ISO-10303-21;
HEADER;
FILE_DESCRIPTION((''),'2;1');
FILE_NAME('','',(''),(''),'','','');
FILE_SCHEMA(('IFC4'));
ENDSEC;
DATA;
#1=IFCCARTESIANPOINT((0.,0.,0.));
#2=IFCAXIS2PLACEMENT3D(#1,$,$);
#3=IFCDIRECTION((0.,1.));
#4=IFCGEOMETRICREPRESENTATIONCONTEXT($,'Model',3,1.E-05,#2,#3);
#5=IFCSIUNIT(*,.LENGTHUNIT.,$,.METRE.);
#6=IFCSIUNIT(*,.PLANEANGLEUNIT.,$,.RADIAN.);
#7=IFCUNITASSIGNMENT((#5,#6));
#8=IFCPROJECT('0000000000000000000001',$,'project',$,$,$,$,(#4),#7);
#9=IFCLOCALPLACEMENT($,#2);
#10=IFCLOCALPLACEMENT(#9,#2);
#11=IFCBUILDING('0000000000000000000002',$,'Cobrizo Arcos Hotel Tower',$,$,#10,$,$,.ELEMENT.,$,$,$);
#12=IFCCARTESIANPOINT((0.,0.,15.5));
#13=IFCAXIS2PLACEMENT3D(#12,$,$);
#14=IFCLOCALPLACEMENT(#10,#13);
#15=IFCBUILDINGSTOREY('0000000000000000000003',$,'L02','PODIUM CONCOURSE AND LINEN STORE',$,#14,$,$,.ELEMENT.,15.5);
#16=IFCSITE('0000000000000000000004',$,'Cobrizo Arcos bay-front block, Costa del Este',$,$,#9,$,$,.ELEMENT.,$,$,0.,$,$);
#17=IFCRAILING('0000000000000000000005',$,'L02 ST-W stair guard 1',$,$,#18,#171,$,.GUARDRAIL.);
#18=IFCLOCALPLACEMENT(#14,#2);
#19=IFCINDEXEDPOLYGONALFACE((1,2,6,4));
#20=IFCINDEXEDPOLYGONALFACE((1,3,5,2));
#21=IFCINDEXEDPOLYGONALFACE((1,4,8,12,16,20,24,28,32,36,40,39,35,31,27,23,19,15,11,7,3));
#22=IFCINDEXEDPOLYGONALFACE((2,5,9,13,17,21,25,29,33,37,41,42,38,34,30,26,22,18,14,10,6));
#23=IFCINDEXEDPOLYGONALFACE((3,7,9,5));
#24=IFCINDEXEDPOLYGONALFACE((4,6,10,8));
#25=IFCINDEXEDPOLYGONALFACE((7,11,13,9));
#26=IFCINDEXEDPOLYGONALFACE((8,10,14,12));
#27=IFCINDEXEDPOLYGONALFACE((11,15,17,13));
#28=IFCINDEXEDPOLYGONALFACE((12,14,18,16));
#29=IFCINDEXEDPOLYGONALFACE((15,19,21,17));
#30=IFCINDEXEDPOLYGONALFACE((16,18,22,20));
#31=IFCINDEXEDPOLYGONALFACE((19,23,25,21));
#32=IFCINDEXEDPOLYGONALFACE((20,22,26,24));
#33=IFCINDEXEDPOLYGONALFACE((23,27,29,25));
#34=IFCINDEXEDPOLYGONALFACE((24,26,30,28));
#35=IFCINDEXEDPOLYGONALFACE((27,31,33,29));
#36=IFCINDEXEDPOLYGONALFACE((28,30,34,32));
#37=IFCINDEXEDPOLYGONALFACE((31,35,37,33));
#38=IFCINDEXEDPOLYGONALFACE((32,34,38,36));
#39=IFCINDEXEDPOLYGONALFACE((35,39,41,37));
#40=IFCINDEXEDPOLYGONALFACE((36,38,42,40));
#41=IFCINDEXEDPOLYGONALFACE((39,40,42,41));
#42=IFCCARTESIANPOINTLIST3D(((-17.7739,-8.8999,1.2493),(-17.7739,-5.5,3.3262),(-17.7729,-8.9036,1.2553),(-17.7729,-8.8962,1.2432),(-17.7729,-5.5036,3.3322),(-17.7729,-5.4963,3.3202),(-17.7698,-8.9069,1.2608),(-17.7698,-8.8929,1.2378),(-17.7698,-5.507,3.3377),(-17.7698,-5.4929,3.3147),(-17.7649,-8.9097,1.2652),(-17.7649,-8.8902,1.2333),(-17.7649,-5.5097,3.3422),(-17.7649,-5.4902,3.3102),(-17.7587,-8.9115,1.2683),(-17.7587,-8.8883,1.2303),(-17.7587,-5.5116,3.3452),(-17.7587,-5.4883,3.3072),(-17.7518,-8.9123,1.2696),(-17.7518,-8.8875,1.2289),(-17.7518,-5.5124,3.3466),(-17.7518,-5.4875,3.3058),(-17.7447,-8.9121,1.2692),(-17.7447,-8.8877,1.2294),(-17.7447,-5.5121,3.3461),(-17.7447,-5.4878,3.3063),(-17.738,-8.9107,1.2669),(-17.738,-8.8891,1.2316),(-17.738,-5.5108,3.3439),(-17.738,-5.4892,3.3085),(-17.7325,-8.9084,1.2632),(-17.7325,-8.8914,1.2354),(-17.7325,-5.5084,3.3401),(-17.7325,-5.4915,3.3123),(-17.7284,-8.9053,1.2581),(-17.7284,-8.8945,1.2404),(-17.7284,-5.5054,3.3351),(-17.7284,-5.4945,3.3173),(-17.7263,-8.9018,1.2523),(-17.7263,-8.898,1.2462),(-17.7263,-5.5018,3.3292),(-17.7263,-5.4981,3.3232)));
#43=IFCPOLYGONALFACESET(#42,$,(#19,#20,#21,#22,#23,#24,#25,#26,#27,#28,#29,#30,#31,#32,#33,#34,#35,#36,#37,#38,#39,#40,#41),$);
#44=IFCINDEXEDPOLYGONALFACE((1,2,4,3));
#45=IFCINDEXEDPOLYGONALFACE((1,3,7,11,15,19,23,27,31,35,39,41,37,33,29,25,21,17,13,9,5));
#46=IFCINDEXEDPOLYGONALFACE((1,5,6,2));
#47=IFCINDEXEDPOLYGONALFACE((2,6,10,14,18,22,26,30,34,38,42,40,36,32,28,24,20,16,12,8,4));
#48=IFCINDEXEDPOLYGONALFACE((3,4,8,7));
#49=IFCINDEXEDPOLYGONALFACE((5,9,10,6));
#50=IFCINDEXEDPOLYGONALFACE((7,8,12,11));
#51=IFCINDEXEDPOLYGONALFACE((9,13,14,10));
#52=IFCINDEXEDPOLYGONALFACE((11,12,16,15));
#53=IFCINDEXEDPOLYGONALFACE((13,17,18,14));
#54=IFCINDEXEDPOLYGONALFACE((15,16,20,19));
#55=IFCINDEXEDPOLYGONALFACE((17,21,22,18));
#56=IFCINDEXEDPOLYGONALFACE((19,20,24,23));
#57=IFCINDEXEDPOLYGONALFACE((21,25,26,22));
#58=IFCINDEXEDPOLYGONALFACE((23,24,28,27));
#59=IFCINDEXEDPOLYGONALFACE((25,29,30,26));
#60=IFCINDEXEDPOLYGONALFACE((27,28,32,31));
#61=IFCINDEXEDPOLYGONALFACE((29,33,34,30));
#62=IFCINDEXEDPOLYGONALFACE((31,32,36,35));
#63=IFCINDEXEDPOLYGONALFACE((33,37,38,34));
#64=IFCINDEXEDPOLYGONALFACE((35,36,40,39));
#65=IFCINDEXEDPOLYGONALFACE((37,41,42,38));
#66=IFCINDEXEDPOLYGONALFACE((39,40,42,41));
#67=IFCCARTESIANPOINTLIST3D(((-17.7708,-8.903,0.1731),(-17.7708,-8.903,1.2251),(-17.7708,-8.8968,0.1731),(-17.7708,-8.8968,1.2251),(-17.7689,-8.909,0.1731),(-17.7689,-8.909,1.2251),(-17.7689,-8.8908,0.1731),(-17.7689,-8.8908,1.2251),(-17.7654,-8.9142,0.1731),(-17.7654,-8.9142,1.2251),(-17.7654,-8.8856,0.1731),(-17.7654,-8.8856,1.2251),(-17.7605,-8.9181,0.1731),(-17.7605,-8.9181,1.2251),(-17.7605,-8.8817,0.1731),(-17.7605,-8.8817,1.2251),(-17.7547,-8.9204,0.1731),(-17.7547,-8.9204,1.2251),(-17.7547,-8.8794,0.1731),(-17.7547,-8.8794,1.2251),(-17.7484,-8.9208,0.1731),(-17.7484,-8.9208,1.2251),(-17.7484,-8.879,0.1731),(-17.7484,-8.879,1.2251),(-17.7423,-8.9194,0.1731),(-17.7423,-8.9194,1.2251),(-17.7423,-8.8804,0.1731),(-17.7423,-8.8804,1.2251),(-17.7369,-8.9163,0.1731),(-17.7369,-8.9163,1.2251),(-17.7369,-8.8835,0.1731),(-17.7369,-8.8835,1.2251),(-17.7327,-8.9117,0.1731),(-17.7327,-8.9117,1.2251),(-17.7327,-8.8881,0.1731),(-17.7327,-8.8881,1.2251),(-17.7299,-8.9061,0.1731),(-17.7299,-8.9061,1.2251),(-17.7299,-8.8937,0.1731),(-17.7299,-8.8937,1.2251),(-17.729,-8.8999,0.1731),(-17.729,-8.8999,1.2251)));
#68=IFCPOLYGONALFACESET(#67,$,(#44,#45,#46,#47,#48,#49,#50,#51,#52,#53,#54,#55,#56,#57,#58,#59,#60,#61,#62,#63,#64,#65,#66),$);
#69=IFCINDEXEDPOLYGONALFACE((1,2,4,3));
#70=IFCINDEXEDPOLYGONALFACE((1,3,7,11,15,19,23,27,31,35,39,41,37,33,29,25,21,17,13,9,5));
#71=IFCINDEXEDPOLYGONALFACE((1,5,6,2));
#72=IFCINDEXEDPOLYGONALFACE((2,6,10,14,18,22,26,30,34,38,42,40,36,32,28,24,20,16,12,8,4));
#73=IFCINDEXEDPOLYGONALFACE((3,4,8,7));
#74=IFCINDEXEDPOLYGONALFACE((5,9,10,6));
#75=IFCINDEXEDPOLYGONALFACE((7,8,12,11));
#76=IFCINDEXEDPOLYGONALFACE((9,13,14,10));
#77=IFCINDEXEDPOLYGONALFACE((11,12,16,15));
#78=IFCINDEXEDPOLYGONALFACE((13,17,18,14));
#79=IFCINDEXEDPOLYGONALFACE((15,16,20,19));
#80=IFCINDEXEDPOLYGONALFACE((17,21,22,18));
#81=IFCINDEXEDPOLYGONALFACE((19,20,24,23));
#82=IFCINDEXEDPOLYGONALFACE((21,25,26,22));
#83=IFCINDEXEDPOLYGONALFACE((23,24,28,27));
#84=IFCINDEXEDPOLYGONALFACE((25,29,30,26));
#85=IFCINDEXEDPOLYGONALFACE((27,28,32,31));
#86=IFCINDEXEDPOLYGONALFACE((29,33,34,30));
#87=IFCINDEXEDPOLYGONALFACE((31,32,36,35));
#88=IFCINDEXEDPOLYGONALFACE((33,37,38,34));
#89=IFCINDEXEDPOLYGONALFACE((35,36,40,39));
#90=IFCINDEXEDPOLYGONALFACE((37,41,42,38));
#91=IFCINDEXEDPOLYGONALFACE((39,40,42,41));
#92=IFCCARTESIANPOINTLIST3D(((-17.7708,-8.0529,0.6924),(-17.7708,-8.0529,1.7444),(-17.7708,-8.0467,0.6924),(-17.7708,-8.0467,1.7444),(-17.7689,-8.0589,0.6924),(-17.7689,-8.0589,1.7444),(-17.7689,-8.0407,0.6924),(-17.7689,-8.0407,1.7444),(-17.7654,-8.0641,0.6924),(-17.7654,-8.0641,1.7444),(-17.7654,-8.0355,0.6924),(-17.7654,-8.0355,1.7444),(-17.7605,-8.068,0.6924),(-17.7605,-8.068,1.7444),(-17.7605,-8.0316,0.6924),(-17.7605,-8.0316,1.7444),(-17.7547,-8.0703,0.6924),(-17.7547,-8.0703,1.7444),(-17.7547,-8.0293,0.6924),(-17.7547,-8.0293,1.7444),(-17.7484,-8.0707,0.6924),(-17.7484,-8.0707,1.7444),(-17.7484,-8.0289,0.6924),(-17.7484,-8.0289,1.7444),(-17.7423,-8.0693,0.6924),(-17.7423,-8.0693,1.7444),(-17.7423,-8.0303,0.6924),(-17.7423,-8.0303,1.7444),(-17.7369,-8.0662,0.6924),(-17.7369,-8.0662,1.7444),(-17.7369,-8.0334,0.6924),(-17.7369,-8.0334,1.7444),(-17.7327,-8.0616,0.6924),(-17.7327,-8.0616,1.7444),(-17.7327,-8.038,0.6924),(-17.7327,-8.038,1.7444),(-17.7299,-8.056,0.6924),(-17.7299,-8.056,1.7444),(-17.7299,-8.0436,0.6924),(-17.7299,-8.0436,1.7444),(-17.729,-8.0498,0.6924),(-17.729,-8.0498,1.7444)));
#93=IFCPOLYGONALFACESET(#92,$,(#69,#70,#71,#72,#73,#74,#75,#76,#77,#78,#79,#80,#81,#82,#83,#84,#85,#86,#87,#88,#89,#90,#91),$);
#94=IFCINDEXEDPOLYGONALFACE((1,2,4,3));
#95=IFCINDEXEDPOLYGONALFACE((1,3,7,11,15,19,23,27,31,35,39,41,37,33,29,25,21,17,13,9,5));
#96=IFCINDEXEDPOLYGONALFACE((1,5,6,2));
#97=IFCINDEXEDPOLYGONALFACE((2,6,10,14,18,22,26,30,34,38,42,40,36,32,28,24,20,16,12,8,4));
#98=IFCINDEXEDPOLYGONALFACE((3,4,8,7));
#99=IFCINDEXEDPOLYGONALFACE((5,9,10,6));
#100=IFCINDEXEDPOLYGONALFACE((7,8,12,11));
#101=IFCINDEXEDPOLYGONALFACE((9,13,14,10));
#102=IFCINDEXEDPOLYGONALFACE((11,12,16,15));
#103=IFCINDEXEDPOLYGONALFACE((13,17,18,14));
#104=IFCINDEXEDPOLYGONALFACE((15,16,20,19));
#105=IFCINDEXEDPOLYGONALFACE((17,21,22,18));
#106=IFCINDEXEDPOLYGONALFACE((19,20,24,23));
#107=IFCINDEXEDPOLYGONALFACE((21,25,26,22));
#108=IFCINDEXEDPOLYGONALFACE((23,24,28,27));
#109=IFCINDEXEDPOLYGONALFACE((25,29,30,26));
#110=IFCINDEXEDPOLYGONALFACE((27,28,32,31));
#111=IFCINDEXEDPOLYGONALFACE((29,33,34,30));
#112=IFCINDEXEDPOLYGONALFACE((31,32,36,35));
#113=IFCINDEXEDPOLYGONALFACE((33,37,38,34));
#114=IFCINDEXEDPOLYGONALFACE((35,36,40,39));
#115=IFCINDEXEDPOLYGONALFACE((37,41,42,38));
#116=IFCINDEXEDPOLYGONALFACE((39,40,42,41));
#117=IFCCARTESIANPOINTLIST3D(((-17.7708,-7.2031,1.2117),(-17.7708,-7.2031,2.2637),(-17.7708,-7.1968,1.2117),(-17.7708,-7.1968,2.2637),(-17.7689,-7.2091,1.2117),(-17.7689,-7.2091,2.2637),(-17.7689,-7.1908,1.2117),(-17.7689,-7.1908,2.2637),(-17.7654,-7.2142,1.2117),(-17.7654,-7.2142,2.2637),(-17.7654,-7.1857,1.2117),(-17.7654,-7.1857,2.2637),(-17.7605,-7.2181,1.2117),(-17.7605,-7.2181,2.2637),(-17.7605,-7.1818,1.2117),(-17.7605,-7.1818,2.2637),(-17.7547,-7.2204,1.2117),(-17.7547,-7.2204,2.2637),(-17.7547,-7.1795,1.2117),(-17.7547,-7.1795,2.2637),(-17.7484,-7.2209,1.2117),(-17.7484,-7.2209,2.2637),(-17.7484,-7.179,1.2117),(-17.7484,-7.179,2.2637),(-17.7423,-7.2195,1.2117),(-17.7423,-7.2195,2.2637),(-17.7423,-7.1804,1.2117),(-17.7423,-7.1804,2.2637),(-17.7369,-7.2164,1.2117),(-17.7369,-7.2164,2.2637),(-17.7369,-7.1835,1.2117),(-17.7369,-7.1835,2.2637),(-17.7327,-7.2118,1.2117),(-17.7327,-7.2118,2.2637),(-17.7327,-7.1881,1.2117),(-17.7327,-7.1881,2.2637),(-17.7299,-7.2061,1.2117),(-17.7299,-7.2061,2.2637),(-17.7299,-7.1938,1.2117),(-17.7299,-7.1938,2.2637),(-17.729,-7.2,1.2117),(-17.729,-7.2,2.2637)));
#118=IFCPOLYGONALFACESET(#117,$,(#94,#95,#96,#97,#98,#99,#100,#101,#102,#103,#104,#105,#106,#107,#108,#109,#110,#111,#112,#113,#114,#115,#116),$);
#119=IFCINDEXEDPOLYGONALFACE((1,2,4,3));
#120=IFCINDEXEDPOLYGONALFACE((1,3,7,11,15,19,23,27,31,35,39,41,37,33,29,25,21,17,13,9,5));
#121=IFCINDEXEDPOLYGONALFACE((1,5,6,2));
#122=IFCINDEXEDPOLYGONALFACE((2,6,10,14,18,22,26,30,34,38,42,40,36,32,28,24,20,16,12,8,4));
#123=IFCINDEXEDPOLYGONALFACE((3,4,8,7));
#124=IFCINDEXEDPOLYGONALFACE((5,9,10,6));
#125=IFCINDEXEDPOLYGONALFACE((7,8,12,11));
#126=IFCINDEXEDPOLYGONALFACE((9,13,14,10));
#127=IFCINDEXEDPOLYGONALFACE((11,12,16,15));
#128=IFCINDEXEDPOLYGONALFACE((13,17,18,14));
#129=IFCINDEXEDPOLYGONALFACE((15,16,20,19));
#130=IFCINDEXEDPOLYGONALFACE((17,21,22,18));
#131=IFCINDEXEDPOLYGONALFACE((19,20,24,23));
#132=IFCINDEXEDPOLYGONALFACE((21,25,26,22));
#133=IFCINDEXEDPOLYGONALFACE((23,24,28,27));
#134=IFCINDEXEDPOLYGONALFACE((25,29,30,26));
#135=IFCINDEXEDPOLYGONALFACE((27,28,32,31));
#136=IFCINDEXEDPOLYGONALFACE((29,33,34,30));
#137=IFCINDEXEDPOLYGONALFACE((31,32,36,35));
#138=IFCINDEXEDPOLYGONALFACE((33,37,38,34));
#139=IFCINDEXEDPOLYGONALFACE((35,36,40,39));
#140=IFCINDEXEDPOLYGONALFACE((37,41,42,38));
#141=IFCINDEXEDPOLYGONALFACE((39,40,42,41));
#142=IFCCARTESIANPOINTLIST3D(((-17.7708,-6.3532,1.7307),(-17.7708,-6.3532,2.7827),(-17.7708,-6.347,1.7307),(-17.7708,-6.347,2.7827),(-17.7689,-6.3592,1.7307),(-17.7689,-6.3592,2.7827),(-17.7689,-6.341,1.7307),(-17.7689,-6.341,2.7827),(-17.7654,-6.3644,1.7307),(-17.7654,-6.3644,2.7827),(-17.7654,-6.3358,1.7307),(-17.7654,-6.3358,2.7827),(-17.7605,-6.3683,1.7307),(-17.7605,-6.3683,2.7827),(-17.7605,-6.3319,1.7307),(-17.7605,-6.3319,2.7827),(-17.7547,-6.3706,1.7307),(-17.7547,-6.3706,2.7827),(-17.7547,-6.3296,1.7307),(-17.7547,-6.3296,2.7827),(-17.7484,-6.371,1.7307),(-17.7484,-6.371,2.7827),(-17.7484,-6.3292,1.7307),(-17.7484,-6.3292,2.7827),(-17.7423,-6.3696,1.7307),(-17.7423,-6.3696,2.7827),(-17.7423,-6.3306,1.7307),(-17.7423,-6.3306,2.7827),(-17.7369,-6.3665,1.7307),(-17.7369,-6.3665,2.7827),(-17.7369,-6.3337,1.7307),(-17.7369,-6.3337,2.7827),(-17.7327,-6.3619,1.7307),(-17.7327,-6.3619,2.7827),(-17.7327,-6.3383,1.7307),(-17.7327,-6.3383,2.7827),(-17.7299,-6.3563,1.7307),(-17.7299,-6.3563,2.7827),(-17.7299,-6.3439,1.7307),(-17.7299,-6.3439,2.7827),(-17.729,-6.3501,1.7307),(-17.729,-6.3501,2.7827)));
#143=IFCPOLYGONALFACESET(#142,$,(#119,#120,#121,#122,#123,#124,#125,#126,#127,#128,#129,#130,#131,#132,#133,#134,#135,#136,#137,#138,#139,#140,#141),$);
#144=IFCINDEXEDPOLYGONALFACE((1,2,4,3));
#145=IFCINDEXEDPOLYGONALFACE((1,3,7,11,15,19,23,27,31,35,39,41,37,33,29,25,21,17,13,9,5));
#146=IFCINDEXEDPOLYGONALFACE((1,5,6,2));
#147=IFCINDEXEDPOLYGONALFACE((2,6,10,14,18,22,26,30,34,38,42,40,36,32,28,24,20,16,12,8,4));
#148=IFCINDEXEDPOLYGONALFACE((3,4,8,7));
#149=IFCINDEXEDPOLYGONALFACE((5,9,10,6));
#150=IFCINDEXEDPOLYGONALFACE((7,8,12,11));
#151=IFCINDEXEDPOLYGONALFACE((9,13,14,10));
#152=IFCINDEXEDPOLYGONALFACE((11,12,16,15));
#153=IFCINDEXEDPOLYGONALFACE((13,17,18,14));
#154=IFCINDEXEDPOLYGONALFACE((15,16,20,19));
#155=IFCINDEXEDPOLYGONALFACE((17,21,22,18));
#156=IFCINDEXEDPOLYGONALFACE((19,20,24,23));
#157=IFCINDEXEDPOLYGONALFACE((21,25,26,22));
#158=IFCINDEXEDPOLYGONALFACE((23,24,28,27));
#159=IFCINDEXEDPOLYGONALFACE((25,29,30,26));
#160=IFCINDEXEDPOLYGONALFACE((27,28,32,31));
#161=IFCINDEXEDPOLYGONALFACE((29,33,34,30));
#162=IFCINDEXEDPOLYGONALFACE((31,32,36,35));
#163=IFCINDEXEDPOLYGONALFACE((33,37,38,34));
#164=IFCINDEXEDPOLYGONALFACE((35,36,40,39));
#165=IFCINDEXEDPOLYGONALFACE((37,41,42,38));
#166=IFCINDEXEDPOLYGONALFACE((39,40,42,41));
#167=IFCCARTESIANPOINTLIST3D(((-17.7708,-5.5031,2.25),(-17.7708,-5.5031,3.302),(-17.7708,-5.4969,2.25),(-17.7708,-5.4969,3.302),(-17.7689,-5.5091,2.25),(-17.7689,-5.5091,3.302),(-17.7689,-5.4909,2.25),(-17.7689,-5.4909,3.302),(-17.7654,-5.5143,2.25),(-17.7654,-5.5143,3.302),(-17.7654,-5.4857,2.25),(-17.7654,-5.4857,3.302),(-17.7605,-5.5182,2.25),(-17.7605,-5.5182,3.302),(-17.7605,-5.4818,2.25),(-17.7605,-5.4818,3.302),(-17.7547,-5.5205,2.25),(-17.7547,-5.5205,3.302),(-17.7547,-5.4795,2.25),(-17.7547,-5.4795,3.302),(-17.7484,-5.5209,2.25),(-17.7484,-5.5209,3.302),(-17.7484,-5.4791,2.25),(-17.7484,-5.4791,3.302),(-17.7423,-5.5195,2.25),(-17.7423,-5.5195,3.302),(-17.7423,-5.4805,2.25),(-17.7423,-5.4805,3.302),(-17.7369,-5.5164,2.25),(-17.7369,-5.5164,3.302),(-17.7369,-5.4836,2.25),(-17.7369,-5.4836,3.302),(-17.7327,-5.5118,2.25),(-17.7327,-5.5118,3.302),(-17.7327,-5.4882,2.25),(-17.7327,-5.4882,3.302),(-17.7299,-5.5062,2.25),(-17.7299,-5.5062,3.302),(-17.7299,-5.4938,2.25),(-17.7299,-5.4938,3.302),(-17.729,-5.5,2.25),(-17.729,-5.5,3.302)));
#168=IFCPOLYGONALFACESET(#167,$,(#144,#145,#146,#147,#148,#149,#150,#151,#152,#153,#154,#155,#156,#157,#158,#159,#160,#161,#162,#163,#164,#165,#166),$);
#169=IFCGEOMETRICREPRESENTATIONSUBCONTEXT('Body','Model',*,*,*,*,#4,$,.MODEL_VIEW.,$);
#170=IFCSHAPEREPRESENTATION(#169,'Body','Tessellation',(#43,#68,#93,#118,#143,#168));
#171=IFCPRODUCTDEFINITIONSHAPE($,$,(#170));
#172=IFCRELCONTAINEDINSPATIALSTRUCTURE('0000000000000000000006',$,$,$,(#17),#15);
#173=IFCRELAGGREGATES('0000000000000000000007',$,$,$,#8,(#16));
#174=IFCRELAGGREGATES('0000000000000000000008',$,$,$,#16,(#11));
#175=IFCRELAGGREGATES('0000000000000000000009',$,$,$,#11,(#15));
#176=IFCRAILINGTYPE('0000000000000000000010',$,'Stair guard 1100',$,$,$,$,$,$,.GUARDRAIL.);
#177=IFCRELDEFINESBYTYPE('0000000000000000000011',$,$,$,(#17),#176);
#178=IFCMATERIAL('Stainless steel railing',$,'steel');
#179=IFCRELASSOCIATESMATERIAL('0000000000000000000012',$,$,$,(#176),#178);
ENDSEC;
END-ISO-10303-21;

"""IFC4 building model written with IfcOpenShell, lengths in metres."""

from ifc_helpers import new_model, si_unit, direction, frame, origin, origin_2d, place, context, subcontext, project, spatial, circle, extrude, material, type_object, element, save


model = new_model("IFC4")

# Units and contexts
model_context = context("Model", 3, precision=1e-05, world=origin(), true_north=direction((0.0, 1.0)))
body_context = subcontext(model_context, "Body", "Model", "MODEL_VIEW")
ifc_project = project(units=[si_unit("LENGTHUNIT", "METRE"), si_unit("PLANEANGLEUNIT", "RADIAN")], contexts=[model_context])

# Site, building, storey
site_placement = place(None, origin())
site = spatial("IfcSite", under=ifc_project, at=site_placement, Name="Cobrizo Arcos bay-front block, Costa del Este", CompositionType="ELEMENT", RefElevation=0.0)
building_placement = place(site_placement, origin())
building = spatial("IfcBuilding", under=site, at=building_placement, Name="Cobrizo Arcos Hotel Tower", CompositionType="ELEMENT")
storey_placement = place(building_placement, frame((0.0, 0.0, 15.5)))
storey = spatial("IfcBuildingStorey", under=building, at=storey_placement, Name="L02", Description="PODIUM CONCOURSE AND LINEN STORE", CompositionType="ELEMENT", Elevation=15.5)

# Railing
ifc_material_1 = material(Name="Stainless steel railing", Category="steel")
railing_type_1 = type_object("IfcRailingType", Name="Stair guard 1100", PredefinedType="GUARDRAIL", material=ifc_material_1)
railing_1_placement = place(storey_placement, frame((-17.75, -8.8999, 0.1731)))
element("IfcRailing", 1, at=railing_1_placement, inside=storey, type_object=railing_type_1, Name="L02 ST-W stair guard 1", PredefinedType="GUARDRAIL", context=body_context, shape_type="SweptSolid", body=[
    extrude(circle(Radius=0.0239, at=origin_2d()), frame((0.0, 0.0, 1.0762), z_axis=(0.0, 0.853373, 0.521301), x_axis=(-1.0, 0.0, 0.0)), (0.0, 0.0, 1.0), 3.9841),
    extrude(circle(Radius=0.021, at=origin_2d()), origin(), (0.0, 0.0, 1.0), 1.052),
    extrude(circle(Radius=0.021, at=origin_2d()), frame((0.0, 0.8501, 0.5193)), (0.0, 0.0, 1.0), 1.052),
    extrude(circle(Radius=0.021, at=origin_2d()), frame((0.0, 1.7, 1.0386)), (0.0, 0.0, 1.0), 1.052),
    extrude(circle(Radius=0.021, at=origin_2d()), frame((0.0, 2.5498, 1.5576)), (0.0, 0.0, 1.0), 1.052),
    extrude(circle(Radius=0.021, at=origin_2d()), frame((0.0, 3.3999, 2.0769)), (0.0, 0.0, 1.0), 1.052),
])

save(model, "model.ifc")
